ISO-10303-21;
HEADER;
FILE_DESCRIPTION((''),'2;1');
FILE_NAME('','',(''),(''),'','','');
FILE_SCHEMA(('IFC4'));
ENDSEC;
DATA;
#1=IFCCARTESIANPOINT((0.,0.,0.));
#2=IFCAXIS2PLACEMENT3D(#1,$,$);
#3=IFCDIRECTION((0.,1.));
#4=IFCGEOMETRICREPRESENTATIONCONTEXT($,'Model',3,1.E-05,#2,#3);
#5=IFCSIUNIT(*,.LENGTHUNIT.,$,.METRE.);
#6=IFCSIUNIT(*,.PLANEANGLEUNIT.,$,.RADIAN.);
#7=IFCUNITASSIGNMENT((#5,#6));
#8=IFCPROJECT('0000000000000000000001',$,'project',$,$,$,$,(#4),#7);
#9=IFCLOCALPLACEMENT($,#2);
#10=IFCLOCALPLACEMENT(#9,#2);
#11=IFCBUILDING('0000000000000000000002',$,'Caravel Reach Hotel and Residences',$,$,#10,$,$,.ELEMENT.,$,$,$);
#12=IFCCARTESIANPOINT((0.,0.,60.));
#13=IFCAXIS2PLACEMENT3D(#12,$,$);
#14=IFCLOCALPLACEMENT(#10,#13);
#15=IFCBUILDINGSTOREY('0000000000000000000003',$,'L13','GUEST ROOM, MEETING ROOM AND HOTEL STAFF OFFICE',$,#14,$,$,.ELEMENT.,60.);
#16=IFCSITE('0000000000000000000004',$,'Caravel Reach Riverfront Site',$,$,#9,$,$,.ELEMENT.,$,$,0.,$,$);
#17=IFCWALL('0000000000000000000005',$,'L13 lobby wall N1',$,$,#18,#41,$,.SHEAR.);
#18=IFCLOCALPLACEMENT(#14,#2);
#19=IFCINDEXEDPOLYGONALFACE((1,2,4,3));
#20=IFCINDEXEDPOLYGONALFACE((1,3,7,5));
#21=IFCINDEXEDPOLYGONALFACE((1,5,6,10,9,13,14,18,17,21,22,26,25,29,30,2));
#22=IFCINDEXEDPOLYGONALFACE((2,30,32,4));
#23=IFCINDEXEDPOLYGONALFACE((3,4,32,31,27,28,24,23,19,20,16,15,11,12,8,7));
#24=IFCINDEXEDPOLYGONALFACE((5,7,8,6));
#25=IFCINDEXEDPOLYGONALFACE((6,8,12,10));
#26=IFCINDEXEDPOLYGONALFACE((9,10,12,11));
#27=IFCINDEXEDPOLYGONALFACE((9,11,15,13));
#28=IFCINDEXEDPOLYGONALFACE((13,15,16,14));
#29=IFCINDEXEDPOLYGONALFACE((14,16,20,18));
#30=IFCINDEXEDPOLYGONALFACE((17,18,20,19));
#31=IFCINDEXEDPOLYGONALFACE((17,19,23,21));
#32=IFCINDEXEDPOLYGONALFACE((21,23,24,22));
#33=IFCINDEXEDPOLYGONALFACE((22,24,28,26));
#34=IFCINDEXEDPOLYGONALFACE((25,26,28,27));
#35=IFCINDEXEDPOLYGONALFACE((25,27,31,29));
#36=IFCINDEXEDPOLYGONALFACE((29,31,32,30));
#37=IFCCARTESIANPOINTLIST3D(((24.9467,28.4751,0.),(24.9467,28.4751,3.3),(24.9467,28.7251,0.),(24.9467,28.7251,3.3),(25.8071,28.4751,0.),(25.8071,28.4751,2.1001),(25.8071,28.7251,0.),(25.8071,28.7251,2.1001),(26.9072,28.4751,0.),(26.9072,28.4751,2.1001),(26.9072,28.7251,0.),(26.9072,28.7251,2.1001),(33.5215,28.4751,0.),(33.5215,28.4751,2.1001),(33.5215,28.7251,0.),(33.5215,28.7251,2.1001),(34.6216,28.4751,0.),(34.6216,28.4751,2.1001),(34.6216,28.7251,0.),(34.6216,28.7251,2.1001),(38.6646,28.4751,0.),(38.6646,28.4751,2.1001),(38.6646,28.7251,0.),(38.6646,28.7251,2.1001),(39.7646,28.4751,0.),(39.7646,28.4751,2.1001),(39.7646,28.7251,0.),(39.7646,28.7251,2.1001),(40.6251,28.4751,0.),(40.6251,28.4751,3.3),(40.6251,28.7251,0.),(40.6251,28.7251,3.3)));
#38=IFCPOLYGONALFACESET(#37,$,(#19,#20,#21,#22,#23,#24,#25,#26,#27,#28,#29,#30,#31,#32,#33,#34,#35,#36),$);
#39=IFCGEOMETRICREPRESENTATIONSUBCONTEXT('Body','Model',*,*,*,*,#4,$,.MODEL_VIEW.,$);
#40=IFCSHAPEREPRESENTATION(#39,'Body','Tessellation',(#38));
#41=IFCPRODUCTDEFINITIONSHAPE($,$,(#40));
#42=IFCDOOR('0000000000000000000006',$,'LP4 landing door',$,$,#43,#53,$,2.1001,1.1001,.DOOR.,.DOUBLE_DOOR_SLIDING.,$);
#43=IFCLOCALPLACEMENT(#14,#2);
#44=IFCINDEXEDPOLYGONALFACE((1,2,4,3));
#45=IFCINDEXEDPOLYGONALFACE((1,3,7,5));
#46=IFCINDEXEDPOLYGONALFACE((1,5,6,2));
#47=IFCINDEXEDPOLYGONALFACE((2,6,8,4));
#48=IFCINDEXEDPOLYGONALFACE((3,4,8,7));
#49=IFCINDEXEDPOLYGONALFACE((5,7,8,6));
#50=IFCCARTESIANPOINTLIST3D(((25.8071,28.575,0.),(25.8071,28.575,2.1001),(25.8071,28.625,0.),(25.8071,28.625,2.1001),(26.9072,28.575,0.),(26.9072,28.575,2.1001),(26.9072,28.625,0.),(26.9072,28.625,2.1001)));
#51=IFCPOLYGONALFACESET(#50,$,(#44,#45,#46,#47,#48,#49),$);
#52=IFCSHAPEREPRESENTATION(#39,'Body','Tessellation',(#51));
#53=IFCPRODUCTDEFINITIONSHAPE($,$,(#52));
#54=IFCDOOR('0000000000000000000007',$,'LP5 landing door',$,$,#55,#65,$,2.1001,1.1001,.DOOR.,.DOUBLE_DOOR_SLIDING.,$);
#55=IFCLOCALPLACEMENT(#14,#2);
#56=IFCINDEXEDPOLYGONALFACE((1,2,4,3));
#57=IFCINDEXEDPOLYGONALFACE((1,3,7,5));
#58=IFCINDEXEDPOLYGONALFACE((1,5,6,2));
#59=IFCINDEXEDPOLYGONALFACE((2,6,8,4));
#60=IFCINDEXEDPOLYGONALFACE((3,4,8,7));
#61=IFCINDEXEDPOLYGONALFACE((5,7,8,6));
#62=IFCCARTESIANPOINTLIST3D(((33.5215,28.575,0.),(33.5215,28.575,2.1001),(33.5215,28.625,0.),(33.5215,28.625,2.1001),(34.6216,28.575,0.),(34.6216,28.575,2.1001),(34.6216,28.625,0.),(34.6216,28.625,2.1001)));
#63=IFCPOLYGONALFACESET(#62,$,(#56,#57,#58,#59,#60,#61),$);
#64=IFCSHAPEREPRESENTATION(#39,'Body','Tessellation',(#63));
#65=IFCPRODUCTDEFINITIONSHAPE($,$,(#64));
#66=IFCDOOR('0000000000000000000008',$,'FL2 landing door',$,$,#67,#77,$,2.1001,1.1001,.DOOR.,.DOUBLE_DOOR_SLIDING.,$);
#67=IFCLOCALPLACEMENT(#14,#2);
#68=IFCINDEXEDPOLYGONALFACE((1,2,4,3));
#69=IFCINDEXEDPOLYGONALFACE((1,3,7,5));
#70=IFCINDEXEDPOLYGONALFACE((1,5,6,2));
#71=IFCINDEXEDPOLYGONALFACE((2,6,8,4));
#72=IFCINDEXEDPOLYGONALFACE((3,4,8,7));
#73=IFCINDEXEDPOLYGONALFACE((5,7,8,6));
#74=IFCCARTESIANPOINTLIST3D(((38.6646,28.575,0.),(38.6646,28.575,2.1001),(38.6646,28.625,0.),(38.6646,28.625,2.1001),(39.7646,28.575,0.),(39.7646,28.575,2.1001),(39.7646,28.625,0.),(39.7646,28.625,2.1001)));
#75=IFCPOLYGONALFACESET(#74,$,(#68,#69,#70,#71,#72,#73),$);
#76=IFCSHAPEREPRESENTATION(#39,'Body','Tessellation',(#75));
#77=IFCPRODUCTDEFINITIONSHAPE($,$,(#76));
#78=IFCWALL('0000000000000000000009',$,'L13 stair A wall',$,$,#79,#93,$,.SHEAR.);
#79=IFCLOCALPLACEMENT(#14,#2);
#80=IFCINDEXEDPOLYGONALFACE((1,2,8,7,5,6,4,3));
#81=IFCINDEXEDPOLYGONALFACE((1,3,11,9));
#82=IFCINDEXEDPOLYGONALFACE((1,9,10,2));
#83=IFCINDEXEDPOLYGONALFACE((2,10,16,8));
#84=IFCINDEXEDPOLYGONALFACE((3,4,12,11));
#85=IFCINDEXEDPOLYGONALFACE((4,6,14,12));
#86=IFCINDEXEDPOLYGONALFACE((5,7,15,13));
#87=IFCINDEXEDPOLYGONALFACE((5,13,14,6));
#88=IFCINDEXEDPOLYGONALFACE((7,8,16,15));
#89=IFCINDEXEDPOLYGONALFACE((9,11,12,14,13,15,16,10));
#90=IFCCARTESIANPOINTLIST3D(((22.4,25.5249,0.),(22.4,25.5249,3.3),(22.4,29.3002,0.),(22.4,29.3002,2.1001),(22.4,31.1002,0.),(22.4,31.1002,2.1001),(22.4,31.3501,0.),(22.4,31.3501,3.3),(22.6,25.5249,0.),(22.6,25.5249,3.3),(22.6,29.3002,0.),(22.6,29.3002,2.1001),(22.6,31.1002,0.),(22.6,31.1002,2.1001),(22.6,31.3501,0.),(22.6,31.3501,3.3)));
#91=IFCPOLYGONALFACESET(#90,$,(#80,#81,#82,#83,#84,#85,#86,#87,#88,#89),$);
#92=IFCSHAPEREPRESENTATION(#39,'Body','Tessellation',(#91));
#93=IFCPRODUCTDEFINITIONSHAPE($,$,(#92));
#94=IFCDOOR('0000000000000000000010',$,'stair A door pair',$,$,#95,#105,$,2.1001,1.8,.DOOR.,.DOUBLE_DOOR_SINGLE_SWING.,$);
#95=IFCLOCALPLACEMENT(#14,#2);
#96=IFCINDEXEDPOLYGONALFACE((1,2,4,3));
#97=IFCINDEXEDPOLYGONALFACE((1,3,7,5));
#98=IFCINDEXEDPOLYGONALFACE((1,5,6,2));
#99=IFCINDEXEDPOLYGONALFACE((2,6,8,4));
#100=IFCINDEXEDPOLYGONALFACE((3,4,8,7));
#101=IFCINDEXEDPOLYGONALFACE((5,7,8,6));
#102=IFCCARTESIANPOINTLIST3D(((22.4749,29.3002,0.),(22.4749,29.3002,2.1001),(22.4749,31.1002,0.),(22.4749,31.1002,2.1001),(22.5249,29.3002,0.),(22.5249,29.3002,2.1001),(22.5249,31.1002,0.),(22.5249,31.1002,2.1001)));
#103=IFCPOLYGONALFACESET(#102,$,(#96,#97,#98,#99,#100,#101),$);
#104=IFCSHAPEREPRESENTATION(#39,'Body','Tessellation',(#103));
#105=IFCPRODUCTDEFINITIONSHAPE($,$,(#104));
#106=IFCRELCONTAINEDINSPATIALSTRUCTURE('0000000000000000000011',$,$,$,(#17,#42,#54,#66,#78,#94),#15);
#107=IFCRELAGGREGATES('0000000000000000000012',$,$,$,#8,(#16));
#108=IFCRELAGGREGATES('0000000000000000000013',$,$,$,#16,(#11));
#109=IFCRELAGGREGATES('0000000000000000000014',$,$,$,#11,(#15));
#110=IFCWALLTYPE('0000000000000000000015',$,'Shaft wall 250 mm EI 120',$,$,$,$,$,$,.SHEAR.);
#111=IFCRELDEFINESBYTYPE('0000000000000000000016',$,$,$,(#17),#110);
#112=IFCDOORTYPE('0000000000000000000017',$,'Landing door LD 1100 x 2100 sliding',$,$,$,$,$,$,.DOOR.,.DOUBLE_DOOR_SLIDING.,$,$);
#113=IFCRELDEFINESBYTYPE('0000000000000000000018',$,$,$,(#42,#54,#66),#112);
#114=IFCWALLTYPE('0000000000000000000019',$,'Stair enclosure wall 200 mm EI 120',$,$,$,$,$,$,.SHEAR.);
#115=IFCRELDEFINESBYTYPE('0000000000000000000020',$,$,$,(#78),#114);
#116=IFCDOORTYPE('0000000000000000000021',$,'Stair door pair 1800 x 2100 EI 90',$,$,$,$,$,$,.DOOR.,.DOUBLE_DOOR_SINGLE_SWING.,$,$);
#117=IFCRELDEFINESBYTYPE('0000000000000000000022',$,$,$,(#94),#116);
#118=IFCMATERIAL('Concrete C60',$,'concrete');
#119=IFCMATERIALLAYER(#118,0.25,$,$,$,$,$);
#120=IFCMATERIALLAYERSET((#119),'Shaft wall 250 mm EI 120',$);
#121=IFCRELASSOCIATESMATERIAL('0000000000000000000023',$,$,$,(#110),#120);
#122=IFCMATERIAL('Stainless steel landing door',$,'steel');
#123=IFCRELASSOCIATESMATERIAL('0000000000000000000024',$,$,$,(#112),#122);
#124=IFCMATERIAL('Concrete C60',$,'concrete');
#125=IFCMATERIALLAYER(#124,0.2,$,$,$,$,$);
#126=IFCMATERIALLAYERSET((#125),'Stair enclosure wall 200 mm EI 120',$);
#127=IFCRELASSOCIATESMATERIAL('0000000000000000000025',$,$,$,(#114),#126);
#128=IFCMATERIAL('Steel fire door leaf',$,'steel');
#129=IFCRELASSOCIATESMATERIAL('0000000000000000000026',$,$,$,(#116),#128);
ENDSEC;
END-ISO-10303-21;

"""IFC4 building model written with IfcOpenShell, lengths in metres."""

from ifc_helpers import new_model, si_unit, direction, frame, frame_2d, origin, place, context, subcontext, project, spatial, rectangle, extrude, material, layer, layer_set, type_object, element, fill, save


model = new_model("IFC4")

# Units and contexts
model_context = context("Model", 3, precision=1e-05, world=origin(), true_north=direction((0.0, 1.0)))
body_context = subcontext(model_context, "Body", "Model", "MODEL_VIEW")
ifc_project = project(units=[si_unit("LENGTHUNIT", "METRE"), si_unit("PLANEANGLEUNIT", "RADIAN")], contexts=[model_context])

# Site, building, storey
site_placement = place(None, origin())
site = spatial("IfcSite", under=ifc_project, at=site_placement, Name="Caravel Reach Riverfront Site", CompositionType="ELEMENT", RefElevation=0.0)
building_placement = place(site_placement, origin())
building = spatial("IfcBuilding", under=site, at=building_placement, Name="Caravel Reach Hotel and Residences", CompositionType="ELEMENT")
storey_placement = place(building_placement, frame((0.0, 0.0, 60.0)))
storey = spatial("IfcBuildingStorey", under=building, at=storey_placement, Name="L13", Description="GUEST ROOM, MEETING ROOM AND HOTEL STAFF OFFICE", CompositionType="ELEMENT", Elevation=60.0)

# Wall, openings, doors
ifc_material_1 = material(Name="Concrete C60", Category="concrete")
ifc_layer_1 = layer(ifc_material_1, 0.25)
ifc_layer_set_1 = layer_set([ifc_layer_1], Name="Shaft wall 250 mm EI 120")
wall_type_1 = type_object("IfcWallType", Name="Shaft wall 250 mm EI 120", PredefinedType="SHEAR", material=ifc_layer_set_1)
wall_1_placement = place(storey_placement, frame((24.9465, 28.6001, 0.0), z_axis=(0.0, 0.0, 1.0), x_axis=(1.0, 0.0, 0.0)))
wall_1 = element("IfcWall", 1, at=wall_1_placement, inside=storey, type_object=wall_type_1, Name="L13 lobby wall N1", PredefinedType="SHEAR", context=body_context, shape_type="SweptSolid", body=[
    extrude(rectangle(XDim=15.6785, YDim=0.25, at=frame_2d((7.8394, 0.0))), origin(), (0.0, 0.0, 1.0), 3.3),
])
opening_1_placement = place(wall_1_placement, frame((0.8606, 0.0, 0.0)))
opening_1 = element("IfcOpeningElement", 2, at=opening_1_placement, cuts=wall_1, PredefinedType="OPENING", context=body_context, shape_type="SweptSolid", body=[
    extrude(rectangle(XDim=1.1001, YDim=2.1001, at=frame_2d((0.55, 1.05))), frame((0.0, 0.135, 0.0), z_axis=(0.0, -1.0, 0.0), x_axis=(1.0, 0.0, 0.0)), (0.0, 0.0, 1.0), 0.27),
])
opening_2_placement = place(wall_1_placement, frame((8.575, 0.0, 0.0)))
opening_2 = element("IfcOpeningElement", 3, at=opening_2_placement, cuts=wall_1, PredefinedType="OPENING", context=body_context, shape_type="SweptSolid", body=[
    extrude(rectangle(XDim=1.1001, YDim=2.1001, at=frame_2d((0.55, 1.05))), frame((0.0, 0.135, 0.0), z_axis=(0.0, -1.0, 0.0), x_axis=(1.0, 0.0, 0.0)), (0.0, 0.0, 1.0), 0.27),
])
opening_3_placement = place(wall_1_placement, frame((13.718, 0.0, 0.0)))
opening_3 = element("IfcOpeningElement", 4, at=opening_3_placement, cuts=wall_1, PredefinedType="OPENING", context=body_context, shape_type="SweptSolid", body=[
    extrude(rectangle(XDim=1.1001, YDim=2.1001, at=frame_2d((0.55, 1.05))), frame((0.0, 0.135, 0.0), z_axis=(0.0, -1.0, 0.0), x_axis=(1.0, 0.0, 0.0)), (0.0, 0.0, 1.0), 0.27),
])
ifc_material_2 = material(Name="Stainless steel landing door", Category="steel")
door_type_1 = type_object("IfcDoorType", Name="Landing door LD 1100 x 2100 sliding", OperationType="DOUBLE_DOOR_SLIDING", PredefinedType="DOOR", material=ifc_material_2)
door_1_placement = place(opening_1_placement, origin())
door_1 = element("IfcDoor", 5, at=door_1_placement, inside=storey, type_object=door_type_1, Name="LP4 landing door", OperationType="DOUBLE_DOOR_SLIDING", OverallHeight=2.1001, OverallWidth=1.1001, PredefinedType="DOOR", context=body_context, shape_type="SweptSolid", body=[
    extrude(rectangle(XDim=1.1001, YDim=2.1001, at=frame_2d((0.55, 1.05))), frame((0.0, 0.0249, 0.0), z_axis=(0.0, -1.0, 0.0), x_axis=(1.0, 0.0, 0.0)), (0.0, 0.0, 1.0), 0.05),
])
fill(opening_1, door_1)
door_2_placement = place(opening_2_placement, origin())
door_2 = element("IfcDoor", 6, at=door_2_placement, inside=storey, type_object=door_type_1, Name="LP5 landing door", OperationType="DOUBLE_DOOR_SLIDING", OverallHeight=2.1001, OverallWidth=1.1001, PredefinedType="DOOR", context=body_context, shape_type="SweptSolid", body=[
    extrude(rectangle(XDim=1.1001, YDim=2.1001, at=frame_2d((0.55, 1.05))), frame((0.0, 0.0249, 0.0), z_axis=(0.0, -1.0, 0.0), x_axis=(1.0, 0.0, 0.0)), (0.0, 0.0, 1.0), 0.05),
])
fill(opening_2, door_2)
door_3_placement = place(opening_3_placement, origin())
door_3 = element("IfcDoor", 7, at=door_3_placement, inside=storey, type_object=door_type_1, Name="FL2 landing door", OperationType="DOUBLE_DOOR_SLIDING", OverallHeight=2.1001, OverallWidth=1.1001, PredefinedType="DOOR", context=body_context, shape_type="SweptSolid", body=[
    extrude(rectangle(XDim=1.1001, YDim=2.1001, at=frame_2d((0.55, 1.05))), frame((0.0, 0.0249, 0.0), z_axis=(0.0, -1.0, 0.0), x_axis=(1.0, 0.0, 0.0)), (0.0, 0.0, 1.0), 0.05),
])
fill(opening_3, door_3)

# Wall, opening, door
ifc_material_3 = material(Name="Concrete C60", Category="concrete")
ifc_layer_2 = layer(ifc_material_3, 0.2)
ifc_layer_set_2 = layer_set([ifc_layer_2], Name="Stair enclosure wall 200 mm EI 120")
wall_type_2 = type_object("IfcWallType", Name="Stair enclosure wall 200 mm EI 120", PredefinedType="SHEAR", material=ifc_layer_set_2)
wall_2_placement = place(storey_placement, frame((22.5, 31.3501, 0.0), z_axis=(0.0, 0.0, 1.0), x_axis=(0.0, -1.0, 0.0)))
wall_2 = element("IfcWall", 8, at=wall_2_placement, inside=storey, type_object=wall_type_2, Name="L13 stair A wall", PredefinedType="SHEAR", context=body_context, shape_type="SweptSolid", body=[
    extrude(rectangle(XDim=5.8252, YDim=0.2, at=frame_2d((2.9126, 0.0))), origin(), (0.0, 0.0, 1.0), 3.3),
])
opening_4_placement = place(wall_2_placement, frame((0.25, 0.0, 0.0)))
opening_4 = element("IfcOpeningElement", 9, at=opening_4_placement, cuts=wall_2, PredefinedType="OPENING", context=body_context, shape_type="SweptSolid", body=[
    extrude(rectangle(XDim=1.8, YDim=2.1001, at=frame_2d((0.8999, 1.05))), frame((0.0, 0.1099, 0.0), z_axis=(0.0, -1.0, 0.0), x_axis=(1.0, 0.0, 0.0)), (0.0, 0.0, 1.0), 0.22),
])
ifc_material_4 = material(Name="Steel fire door leaf", Category="steel")
door_type_2 = type_object("IfcDoorType", Name="Stair door pair 1800 x 2100 EI 90", OperationType="DOUBLE_DOOR_SINGLE_SWING", PredefinedType="DOOR", material=ifc_material_4)
door_4_placement = place(opening_4_placement, origin())
door_4 = element("IfcDoor", 10, at=door_4_placement, inside=storey, type_object=door_type_2, Name="stair A door pair", OperationType="DOUBLE_DOOR_SINGLE_SWING", OverallHeight=2.1001, OverallWidth=1.8, PredefinedType="DOOR", context=body_context, shape_type="SweptSolid", body=[
    extrude(rectangle(XDim=1.8, YDim=2.1001, at=frame_2d((0.8999, 1.05))), frame((0.0, 0.0249, 0.0), z_axis=(0.0, -1.0, 0.0), x_axis=(1.0, 0.0, 0.0)), (0.0, 0.0, 1.0), 0.05),
])
fill(opening_4, door_4)

save(model, "model.ifc")
